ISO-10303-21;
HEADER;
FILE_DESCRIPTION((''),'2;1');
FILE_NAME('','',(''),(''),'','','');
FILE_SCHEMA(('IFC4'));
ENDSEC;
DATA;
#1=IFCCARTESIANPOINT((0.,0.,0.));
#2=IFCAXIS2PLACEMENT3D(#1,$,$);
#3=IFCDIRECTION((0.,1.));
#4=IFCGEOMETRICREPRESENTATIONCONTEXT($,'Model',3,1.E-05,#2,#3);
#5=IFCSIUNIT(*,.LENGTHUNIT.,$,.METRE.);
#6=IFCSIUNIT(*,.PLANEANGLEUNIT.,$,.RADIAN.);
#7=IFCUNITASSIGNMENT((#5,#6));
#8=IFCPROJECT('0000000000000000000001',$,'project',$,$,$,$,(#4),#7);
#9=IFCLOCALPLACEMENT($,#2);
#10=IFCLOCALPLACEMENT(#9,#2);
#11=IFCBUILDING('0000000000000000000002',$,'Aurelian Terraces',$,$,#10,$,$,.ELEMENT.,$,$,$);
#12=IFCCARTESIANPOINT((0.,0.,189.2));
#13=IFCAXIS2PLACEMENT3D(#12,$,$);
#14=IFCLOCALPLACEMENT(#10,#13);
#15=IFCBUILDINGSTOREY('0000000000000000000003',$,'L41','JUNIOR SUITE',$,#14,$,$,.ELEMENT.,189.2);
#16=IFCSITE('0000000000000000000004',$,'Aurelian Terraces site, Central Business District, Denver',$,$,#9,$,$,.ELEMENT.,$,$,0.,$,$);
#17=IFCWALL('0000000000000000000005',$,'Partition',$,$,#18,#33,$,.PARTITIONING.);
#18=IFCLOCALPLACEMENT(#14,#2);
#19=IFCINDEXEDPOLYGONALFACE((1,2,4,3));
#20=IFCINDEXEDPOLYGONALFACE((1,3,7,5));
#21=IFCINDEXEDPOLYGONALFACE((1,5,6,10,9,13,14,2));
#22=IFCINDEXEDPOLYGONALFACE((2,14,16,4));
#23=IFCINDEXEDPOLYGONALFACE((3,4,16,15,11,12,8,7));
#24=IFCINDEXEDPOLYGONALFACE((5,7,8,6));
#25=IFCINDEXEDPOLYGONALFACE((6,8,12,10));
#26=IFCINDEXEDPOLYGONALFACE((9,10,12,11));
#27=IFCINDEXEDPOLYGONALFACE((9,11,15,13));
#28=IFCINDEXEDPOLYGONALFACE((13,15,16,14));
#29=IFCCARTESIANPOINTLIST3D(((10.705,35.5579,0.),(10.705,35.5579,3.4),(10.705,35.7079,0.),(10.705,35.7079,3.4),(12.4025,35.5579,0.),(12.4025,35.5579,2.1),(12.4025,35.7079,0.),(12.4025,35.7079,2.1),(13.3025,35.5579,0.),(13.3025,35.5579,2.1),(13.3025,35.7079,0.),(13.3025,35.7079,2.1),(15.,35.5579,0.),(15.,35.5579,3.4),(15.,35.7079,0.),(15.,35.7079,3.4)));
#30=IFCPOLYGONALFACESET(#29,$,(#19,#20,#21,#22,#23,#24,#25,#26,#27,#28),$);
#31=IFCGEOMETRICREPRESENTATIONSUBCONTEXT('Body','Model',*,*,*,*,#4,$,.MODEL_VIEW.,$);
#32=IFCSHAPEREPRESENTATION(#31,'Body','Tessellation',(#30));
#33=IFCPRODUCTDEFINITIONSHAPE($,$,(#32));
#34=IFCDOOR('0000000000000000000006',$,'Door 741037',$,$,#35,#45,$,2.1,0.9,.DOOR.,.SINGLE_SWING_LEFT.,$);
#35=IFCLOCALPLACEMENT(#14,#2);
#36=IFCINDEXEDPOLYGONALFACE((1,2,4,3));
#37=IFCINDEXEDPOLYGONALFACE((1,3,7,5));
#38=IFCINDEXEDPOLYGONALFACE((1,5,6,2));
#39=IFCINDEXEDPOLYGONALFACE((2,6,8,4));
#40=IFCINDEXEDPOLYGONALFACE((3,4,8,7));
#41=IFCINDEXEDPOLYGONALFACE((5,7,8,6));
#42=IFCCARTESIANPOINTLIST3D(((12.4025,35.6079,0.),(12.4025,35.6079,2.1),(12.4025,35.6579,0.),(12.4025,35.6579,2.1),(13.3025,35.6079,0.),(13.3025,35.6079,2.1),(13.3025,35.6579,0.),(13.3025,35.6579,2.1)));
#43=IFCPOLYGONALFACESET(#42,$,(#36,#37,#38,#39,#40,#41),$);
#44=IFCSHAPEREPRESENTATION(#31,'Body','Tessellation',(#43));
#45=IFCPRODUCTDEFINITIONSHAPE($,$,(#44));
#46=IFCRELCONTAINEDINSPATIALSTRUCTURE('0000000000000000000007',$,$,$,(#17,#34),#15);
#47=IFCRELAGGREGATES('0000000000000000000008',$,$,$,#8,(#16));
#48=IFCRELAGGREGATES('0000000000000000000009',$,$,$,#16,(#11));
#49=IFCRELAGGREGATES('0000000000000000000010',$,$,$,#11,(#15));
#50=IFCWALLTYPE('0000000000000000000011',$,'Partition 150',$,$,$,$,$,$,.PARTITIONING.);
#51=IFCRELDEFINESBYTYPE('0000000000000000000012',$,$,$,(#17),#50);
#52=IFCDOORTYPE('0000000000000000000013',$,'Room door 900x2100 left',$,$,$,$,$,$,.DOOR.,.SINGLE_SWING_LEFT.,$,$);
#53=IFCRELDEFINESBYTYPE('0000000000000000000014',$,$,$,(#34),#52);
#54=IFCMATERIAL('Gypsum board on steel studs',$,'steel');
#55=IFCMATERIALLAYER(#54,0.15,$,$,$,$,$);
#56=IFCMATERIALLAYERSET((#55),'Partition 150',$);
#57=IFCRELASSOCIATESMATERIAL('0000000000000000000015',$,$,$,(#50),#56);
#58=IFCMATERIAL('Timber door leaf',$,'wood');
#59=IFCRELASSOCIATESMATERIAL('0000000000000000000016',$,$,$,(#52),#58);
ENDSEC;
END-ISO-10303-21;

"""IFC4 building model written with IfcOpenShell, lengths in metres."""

from ifc_helpers import new_model, si_unit, direction, frame, frame_2d, origin, place, context, subcontext, project, spatial, rectangle, extrude, source, transform, mapped, material, layer, layer_set, type_object, element, fill, save


model = new_model("IFC4")

# Units and contexts
model_context = context("Model", 3, precision=1e-05, world=origin(), true_north=direction((0.0, 1.0)))
body_context = subcontext(model_context, "Body", "Model", "MODEL_VIEW")
ifc_project = project(units=[si_unit("LENGTHUNIT", "METRE"), si_unit("PLANEANGLEUNIT", "RADIAN")], contexts=[model_context])

# Site, building, storey
site_placement = place(None, origin())
site = spatial("IfcSite", under=ifc_project, at=site_placement, Name="Aurelian Terraces site, Central Business District, Denver", CompositionType="ELEMENT", RefElevation=0.0)
building_placement = place(site_placement, origin())
building = spatial("IfcBuilding", under=site, at=building_placement, Name="Aurelian Terraces", CompositionType="ELEMENT")
storey_placement = place(building_placement, frame((0.0, 0.0, 189.2)))
storey = spatial("IfcBuildingStorey", under=building, at=storey_placement, Name="L41", Description="JUNIOR SUITE", CompositionType="ELEMENT", Elevation=189.2)

# Shared definitions
ifc_material_1 = material(Name="Gypsum board on steel studs", Category="steel")

# Shared definitions
ifc_layer_1 = layer(ifc_material_1, 0.15)
ifc_layer_set_1 = layer_set([ifc_layer_1], Name="Partition 150")
wall_type_1 = type_object("IfcWallType", Name="Partition 150", PredefinedType="PARTITIONING", material=ifc_layer_set_1)
shared_shape_1 = source(origin(), body_context, "Body", "SweptSolid", [
    extrude(rectangle(XDim=0.9, YDim=2.1, at=frame_2d((0.45, 1.05))), frame((0.0, 0.085, 0.0), z_axis=(0.0, -1.0, 0.0), x_axis=(1.0, 0.0, 0.0)), (0.0, 0.0, 1.0), 0.17),
])
ifc_material_2 = material(Name="Timber door leaf", Category="wood")
door_type_1 = type_object("IfcDoorType", Name="Room door 900x2100 left", OperationType="SINGLE_SWING_LEFT", PredefinedType="DOOR", material=ifc_material_2)
shared_shape_2 = source(origin(), body_context, "Body", "SweptSolid", [
    extrude(rectangle(XDim=0.9, YDim=2.1, at=frame_2d((0.45, 1.05))), frame((0.0, 0.025, 0.0), z_axis=(0.0, -1.0, 0.0), x_axis=(1.0, 0.0, 0.0)), (0.0, 0.0, 1.0), 0.05),
])

# Shared definitions
shared_shape_3 = source(origin(), body_context, "Body", "SweptSolid", [
    extrude(rectangle(XDim=4.295, YDim=0.15, at=frame_2d((2.1475, 0.0))), origin(), (0.0, 0.0, 1.0), 3.4),
])

# Wall, opening, door
wall_1_placement = place(storey_placement, frame((15.0, 35.6329, 0.0), z_axis=(0.0, 0.0, 1.0), x_axis=(-1.0, 0.0, 0.0)))
wall_1 = element("IfcWall", 1, at=wall_1_placement, inside=storey, type_object=wall_type_1, Name="Partition", PredefinedType="PARTITIONING", context=body_context, shape_type="MappedRepresentation", body=[
    mapped(shared_shape_3, transform((0.0, 0.0, 0.0), scale=1.0)),
])
opening_1_placement = place(wall_1_placement, frame((1.6975, 0.0, 0.0)))
opening_1 = element("IfcOpeningElement", 2, at=opening_1_placement, cuts=wall_1, PredefinedType="OPENING", context=body_context, shape_type="MappedRepresentation", body=[
    mapped(shared_shape_1, transform((0.0, 0.0, 0.0), scale=1.0)),
])
door_1_placement = place(opening_1_placement, origin())
door_1 = element("IfcDoor", 3, at=door_1_placement, inside=storey, type_object=door_type_1, Name="Door 741037", OperationType="SINGLE_SWING_LEFT", OverallHeight=2.1, OverallWidth=0.9, PredefinedType="DOOR", context=body_context, shape_type="MappedRepresentation", body=[
    mapped(shared_shape_2, transform((0.0, 0.0, 0.0), scale=1.0)),
])
fill(opening_1, door_1)

save(model, "model.ifc")
